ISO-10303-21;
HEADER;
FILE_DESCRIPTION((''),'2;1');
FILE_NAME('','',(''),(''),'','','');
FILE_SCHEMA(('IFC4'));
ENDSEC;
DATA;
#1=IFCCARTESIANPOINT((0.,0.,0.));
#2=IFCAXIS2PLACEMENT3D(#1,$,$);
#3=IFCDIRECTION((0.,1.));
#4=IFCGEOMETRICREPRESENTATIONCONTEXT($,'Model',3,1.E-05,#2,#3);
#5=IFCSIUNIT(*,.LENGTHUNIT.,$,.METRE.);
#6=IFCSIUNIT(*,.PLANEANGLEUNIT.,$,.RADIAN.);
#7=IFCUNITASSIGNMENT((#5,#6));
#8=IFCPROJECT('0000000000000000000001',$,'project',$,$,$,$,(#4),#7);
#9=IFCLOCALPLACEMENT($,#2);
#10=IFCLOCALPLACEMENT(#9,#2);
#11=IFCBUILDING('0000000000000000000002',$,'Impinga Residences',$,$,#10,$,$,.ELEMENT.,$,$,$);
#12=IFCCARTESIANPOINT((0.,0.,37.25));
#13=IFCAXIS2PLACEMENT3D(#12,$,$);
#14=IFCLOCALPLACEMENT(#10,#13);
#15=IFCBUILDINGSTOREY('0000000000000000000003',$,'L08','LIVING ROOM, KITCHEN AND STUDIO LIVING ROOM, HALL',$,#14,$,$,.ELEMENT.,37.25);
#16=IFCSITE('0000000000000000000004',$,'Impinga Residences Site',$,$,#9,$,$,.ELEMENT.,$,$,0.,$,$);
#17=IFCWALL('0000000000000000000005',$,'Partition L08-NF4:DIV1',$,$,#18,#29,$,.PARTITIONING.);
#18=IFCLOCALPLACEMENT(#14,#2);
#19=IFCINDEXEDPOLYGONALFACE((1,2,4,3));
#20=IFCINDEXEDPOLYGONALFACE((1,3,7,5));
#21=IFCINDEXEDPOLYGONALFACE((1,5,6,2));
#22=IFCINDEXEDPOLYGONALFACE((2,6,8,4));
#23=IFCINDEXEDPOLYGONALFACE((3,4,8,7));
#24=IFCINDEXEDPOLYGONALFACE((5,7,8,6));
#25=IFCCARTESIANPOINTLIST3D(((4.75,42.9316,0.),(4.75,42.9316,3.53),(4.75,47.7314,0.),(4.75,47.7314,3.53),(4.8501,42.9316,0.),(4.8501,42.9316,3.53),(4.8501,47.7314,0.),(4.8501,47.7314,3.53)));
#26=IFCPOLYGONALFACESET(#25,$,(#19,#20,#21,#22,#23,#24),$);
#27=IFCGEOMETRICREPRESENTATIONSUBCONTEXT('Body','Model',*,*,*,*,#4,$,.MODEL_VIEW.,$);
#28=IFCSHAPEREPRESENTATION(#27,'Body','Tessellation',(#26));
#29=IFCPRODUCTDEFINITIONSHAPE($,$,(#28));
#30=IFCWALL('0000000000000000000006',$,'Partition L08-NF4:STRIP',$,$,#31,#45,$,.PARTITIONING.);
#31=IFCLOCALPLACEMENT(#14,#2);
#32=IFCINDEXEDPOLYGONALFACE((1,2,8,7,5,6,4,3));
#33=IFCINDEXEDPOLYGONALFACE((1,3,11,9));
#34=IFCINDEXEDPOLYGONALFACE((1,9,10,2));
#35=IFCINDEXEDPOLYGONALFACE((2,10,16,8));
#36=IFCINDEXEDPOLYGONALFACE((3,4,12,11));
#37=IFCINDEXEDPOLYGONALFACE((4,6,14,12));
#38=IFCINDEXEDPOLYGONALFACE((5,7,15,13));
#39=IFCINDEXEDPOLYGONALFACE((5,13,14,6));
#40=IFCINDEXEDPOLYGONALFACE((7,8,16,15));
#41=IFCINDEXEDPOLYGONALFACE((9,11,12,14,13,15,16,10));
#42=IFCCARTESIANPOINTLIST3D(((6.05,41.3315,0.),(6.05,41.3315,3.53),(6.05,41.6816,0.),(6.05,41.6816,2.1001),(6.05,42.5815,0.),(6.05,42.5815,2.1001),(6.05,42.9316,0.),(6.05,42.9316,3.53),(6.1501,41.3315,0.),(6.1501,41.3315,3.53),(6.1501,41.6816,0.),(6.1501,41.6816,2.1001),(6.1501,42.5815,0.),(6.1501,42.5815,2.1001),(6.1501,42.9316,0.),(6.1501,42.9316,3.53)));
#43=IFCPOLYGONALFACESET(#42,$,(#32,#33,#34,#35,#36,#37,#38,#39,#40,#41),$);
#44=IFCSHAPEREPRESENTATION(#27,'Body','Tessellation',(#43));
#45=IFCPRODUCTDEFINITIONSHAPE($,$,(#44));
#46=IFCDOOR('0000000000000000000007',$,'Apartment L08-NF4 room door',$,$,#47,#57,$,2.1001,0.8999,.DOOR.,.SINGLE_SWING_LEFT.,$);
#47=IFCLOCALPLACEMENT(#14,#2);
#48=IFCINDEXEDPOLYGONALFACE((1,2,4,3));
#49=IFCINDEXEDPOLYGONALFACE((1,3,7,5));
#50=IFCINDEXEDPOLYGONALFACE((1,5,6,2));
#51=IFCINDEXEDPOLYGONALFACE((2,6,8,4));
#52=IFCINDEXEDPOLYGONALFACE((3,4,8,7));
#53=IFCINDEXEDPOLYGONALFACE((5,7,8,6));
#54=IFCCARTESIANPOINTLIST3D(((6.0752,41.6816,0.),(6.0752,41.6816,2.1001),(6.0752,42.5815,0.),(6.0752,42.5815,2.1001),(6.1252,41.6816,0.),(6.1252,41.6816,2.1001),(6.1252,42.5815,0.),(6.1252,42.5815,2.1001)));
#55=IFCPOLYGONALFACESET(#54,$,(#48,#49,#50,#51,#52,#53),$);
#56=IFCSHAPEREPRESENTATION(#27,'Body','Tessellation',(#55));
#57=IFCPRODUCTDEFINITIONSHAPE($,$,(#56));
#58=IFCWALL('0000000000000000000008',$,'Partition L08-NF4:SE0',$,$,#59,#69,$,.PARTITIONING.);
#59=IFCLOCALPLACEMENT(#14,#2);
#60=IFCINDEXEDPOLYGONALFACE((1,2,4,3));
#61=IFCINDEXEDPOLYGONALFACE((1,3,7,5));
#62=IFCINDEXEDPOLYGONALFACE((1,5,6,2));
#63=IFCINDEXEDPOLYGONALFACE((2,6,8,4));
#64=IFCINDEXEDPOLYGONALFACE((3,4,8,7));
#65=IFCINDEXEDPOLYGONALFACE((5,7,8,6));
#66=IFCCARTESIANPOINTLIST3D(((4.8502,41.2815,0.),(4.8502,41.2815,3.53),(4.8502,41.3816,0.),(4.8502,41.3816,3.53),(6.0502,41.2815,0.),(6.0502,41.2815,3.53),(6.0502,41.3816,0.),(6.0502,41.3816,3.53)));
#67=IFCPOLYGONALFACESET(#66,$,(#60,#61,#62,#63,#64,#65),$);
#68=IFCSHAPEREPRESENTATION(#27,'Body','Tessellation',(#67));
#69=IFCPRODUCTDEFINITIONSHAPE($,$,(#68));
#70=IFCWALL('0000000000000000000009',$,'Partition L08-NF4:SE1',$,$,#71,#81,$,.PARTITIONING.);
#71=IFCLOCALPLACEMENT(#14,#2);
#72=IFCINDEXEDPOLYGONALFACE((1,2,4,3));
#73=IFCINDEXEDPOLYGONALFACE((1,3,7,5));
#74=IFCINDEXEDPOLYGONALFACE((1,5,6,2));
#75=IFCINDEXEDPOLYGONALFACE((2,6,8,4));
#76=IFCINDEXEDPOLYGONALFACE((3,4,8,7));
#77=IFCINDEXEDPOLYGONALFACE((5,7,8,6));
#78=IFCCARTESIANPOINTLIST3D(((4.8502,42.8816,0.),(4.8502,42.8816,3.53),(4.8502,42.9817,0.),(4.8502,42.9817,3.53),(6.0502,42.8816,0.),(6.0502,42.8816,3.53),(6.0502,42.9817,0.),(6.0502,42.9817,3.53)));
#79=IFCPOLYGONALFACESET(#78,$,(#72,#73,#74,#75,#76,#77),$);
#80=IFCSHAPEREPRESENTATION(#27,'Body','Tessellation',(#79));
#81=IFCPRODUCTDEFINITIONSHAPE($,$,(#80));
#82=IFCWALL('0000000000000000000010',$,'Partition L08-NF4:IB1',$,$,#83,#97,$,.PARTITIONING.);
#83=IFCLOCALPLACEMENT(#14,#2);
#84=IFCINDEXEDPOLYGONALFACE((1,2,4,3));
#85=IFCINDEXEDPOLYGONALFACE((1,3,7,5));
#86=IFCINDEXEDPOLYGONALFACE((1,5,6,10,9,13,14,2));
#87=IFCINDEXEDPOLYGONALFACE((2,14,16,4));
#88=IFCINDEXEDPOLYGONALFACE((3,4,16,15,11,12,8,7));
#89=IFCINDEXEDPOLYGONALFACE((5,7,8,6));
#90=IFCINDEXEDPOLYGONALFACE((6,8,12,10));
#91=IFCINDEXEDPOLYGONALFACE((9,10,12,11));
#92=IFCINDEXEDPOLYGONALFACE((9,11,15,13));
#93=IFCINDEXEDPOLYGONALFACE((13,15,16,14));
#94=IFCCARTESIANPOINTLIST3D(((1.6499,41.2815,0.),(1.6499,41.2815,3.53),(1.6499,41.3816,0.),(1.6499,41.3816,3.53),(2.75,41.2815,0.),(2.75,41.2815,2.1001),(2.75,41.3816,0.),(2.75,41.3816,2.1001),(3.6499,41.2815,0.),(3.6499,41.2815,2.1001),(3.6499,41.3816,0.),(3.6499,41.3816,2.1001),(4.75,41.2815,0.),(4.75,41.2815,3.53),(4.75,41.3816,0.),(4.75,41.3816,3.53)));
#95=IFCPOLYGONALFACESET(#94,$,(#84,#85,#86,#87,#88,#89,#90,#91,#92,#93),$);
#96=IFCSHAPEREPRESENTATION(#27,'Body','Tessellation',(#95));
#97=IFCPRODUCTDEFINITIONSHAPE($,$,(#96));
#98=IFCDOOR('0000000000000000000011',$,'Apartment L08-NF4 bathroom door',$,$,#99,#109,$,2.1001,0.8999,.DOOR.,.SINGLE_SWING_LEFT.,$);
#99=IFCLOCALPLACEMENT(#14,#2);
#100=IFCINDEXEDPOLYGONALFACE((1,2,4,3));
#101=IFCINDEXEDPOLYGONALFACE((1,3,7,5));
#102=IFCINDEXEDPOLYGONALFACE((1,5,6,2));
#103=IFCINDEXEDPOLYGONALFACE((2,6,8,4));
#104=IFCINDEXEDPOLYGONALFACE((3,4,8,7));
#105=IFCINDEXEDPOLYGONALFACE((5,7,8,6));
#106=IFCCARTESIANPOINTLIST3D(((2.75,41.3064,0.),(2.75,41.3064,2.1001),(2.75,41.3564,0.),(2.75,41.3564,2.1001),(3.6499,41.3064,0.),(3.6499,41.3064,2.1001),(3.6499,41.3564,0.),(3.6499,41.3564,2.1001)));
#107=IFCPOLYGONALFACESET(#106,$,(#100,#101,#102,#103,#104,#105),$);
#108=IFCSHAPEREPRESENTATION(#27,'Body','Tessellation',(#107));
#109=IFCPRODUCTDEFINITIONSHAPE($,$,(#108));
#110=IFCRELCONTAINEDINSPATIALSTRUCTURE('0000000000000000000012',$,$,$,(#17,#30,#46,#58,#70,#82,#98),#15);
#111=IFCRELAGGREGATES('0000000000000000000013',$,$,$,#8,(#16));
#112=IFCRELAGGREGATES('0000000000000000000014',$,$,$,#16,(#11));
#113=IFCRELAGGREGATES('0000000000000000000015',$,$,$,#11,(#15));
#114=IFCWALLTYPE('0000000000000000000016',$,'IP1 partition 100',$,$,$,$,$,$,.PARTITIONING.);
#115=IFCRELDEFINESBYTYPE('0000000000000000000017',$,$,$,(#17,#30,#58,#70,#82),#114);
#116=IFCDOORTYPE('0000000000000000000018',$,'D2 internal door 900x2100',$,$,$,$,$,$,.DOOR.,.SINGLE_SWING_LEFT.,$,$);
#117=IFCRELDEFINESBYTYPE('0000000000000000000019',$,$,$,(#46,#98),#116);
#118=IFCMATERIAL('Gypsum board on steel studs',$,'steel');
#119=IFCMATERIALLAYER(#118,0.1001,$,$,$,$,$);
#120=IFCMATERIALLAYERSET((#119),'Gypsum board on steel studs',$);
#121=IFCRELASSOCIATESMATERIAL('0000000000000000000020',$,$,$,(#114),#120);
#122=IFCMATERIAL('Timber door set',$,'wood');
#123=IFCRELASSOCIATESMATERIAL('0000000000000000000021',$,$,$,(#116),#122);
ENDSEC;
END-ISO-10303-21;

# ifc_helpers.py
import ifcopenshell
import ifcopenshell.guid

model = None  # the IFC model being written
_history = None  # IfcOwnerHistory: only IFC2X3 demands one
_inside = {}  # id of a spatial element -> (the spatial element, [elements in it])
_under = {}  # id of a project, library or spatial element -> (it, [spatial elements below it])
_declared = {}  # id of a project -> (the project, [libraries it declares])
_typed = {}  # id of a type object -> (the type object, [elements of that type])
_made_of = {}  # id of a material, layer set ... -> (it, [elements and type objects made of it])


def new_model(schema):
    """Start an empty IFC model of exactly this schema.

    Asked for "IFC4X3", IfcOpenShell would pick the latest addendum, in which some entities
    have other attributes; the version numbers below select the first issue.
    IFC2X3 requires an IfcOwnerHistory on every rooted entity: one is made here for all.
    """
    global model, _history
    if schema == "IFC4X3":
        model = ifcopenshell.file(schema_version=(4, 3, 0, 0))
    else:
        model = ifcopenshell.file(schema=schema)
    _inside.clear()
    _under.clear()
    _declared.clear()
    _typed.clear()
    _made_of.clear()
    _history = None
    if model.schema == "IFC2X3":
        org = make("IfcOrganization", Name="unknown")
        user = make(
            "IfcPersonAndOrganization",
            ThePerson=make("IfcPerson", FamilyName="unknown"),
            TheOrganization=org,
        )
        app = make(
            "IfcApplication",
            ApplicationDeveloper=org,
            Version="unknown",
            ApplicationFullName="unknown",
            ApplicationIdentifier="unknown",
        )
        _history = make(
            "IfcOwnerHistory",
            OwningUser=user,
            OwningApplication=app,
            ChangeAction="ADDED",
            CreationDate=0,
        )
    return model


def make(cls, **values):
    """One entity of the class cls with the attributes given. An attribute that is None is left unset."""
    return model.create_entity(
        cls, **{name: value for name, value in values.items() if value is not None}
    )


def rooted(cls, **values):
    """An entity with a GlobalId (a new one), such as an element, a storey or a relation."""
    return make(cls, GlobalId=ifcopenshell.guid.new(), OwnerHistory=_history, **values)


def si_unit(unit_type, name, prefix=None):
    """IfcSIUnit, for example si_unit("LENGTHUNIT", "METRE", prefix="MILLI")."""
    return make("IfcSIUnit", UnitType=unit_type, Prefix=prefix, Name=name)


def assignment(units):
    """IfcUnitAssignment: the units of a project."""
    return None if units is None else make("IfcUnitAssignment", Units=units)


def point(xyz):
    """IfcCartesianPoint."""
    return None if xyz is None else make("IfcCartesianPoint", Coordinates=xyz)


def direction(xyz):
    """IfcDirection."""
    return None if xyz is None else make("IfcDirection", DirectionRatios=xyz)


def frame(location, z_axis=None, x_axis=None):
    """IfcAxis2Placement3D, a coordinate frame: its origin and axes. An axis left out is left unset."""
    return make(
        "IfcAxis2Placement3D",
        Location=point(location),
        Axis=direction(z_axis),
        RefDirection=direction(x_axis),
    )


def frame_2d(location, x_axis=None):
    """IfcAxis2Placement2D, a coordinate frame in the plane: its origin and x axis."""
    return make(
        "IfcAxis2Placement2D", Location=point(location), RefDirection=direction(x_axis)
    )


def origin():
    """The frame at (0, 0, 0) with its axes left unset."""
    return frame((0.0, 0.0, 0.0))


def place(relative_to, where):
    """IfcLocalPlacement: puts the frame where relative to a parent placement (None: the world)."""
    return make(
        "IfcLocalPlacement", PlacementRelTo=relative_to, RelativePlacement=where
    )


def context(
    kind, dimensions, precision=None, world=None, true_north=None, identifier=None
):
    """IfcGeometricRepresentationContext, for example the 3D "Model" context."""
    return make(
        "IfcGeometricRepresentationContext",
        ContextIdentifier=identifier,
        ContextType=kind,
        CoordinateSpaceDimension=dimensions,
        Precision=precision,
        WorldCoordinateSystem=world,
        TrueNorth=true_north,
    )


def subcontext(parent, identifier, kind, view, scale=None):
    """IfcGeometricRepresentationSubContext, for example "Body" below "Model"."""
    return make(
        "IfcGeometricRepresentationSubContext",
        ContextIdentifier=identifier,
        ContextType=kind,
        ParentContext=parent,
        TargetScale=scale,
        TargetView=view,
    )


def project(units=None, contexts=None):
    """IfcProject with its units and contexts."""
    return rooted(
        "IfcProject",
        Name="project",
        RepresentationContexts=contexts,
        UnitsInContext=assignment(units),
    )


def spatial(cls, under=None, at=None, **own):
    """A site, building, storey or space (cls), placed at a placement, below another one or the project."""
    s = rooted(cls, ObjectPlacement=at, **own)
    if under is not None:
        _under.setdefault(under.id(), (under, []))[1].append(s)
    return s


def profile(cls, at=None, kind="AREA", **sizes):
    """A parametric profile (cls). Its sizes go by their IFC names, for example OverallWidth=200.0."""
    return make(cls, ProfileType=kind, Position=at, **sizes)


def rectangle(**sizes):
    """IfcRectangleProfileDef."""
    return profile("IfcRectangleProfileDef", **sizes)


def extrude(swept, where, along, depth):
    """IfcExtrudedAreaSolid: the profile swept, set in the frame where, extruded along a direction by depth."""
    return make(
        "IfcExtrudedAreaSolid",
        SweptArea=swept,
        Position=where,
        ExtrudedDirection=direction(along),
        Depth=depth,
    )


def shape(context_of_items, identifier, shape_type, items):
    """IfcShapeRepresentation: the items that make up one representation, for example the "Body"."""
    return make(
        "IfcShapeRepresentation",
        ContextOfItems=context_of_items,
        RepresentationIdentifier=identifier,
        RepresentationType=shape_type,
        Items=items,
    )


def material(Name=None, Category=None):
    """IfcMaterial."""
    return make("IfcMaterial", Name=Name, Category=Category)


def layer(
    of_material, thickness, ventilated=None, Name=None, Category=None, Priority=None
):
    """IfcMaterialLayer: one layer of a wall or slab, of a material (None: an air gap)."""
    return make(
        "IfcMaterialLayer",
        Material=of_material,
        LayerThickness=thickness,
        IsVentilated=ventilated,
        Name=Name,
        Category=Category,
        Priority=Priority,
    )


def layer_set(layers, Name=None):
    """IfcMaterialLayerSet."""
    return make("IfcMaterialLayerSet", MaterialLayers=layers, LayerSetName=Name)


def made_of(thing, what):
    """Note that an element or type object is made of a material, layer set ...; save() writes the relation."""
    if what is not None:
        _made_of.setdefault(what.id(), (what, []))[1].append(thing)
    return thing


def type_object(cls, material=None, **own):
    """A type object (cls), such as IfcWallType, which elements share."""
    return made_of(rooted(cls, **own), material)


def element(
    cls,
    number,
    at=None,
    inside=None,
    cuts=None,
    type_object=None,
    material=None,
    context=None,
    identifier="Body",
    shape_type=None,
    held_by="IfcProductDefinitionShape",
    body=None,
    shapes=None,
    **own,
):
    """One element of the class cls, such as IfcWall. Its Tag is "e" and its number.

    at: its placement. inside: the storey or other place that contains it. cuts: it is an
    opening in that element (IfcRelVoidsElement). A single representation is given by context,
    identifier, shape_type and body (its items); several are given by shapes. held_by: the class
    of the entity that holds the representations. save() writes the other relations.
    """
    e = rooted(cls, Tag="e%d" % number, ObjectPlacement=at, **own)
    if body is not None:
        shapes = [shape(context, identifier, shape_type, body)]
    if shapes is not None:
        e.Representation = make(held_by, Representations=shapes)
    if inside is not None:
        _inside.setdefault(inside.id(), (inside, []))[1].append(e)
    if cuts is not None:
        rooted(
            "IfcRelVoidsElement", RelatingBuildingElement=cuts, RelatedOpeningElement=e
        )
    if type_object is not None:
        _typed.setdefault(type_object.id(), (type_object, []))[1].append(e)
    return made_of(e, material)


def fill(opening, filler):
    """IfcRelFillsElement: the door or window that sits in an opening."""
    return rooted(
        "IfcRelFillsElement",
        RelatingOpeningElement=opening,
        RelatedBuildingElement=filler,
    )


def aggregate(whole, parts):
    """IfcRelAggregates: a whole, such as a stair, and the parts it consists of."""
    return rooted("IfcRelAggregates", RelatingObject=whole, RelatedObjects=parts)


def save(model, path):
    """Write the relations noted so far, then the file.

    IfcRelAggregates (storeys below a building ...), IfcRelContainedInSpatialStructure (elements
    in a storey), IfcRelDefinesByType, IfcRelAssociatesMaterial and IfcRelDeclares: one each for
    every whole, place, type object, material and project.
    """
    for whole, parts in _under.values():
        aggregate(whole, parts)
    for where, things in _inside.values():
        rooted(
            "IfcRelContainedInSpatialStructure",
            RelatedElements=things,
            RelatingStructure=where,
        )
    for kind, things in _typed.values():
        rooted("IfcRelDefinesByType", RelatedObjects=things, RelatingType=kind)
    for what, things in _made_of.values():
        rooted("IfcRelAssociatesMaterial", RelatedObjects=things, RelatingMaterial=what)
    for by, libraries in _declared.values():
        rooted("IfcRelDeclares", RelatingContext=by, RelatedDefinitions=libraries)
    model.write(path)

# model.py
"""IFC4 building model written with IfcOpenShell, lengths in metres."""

from ifc_helpers import new_model, si_unit, direction, frame, frame_2d, origin, place, context, subcontext, project, spatial, rectangle, extrude, material, layer, layer_set, type_object, element, fill, save


model = new_model("IFC4")

# Units and contexts
model_context = context("Model", 3, precision=1e-05, world=origin(), true_north=direction((0.0, 1.0)))
body_context = subcontext(model_context, "Body", "Model", "MODEL_VIEW")
ifc_project = project(units=[si_unit("LENGTHUNIT", "METRE"), si_unit("PLANEANGLEUNIT", "RADIAN")], contexts=[model_context])

# Site, building, storey
site_placement = place(None, origin())
site = spatial("IfcSite", under=ifc_project, at=site_placement, Name="Impinga Residences Site", CompositionType="ELEMENT", RefElevation=0.0)
building_placement = place(site_placement, origin())
building = spatial("IfcBuilding", under=site, at=building_placement, Name="Impinga Residences", CompositionType="ELEMENT")
storey_placement = place(building_placement, frame((0.0, 0.0, 37.25)))
storey = spatial("IfcBuildingStorey", under=building, at=storey_placement, Name="L08", Description="LIVING ROOM, KITCHEN AND STUDIO LIVING ROOM, HALL", CompositionType="ELEMENT", Elevation=37.25)

# Wall
ifc_material_1 = material(Name="Gypsum board on steel studs", Category="steel")
ifc_layer_1 = layer(ifc_material_1, 0.1001)
ifc_layer_set_1 = layer_set([ifc_layer_1], Name="Gypsum board on steel studs")
wall_type_1 = type_object("IfcWallType", Name="IP1 partition 100", PredefinedType="PARTITIONING", material=ifc_layer_set_1)
wall_1_placement = place(storey_placement, frame((4.8, 42.9316, 0.0), z_axis=(0.0, 0.0, 1.0), x_axis=(0.0, 1.0, 0.0)))
element("IfcWall", 1, at=wall_1_placement, inside=storey, type_object=wall_type_1, Name="Partition L08-NF4:DIV1", PredefinedType="PARTITIONING", context=body_context, shape_type="SweptSolid", body=[
    extrude(rectangle(XDim=4.7998, YDim=0.1001, at=frame_2d((2.3999, 0.0))), origin(), (0.0, 0.0, 1.0), 3.53),
])

# Wall, opening, door
wall_2_placement = place(storey_placement, frame((6.1001, 41.3315, 0.0), z_axis=(0.0, 0.0, 1.0), x_axis=(0.0, 1.0, 0.0)))
wall_2 = element("IfcWall", 2, at=wall_2_placement, inside=storey, type_object=wall_type_1, Name="Partition L08-NF4:STRIP", PredefinedType="PARTITIONING", context=body_context, shape_type="SweptSolid", body=[
    extrude(rectangle(XDim=1.6001, YDim=0.1001, at=frame_2d((0.8, 0.0))), origin(), (0.0, 0.0, 1.0), 3.53),
])
opening_1_placement = place(wall_2_placement, frame((0.3501, 0.0, 0.0)))
opening_1 = element("IfcOpeningElement", 3, at=opening_1_placement, cuts=wall_2, PredefinedType="OPENING", context=body_context, shape_type="SweptSolid", body=[
    extrude(rectangle(XDim=0.8999, YDim=2.1001, at=frame_2d((0.45, 1.05))), frame((0.0, 0.0601, 0.0), z_axis=(0.0, -1.0, 0.0), x_axis=(1.0, 0.0, 0.0)), (0.0, 0.0, 1.0), 0.1201),
])
ifc_material_2 = material(Name="Timber door set", Category="wood")
door_type = type_object("IfcDoorType", Name="D2 internal door 900x2100", OperationType="SINGLE_SWING_LEFT", PredefinedType="DOOR", material=ifc_material_2)
door_1_placement = place(opening_1_placement, origin())
door_1 = element("IfcDoor", 4, at=door_1_placement, inside=storey, type_object=door_type, Name="Apartment L08-NF4 room door", OperationType="SINGLE_SWING_LEFT", OverallHeight=2.1001, OverallWidth=0.8999, PredefinedType="DOOR", context=body_context, shape_type="SweptSolid", body=[
    extrude(rectangle(XDim=0.8999, YDim=2.1001, at=frame_2d((0.45, 1.05))), frame((0.0, 0.0249, 0.0), z_axis=(0.0, -1.0, 0.0), x_axis=(1.0, 0.0, 0.0)), (0.0, 0.0, 1.0), 0.05),
])
fill(opening_1, door_1)

# Walls
for number, where, z_axis, x_axis, name in (
    (5, (4.8501, 41.3315, 0.0), (0.0, 0.0, 1.0), (1.0, 0.0, 0.0), "Partition L08-NF4:SE0"),
    (6, (4.8501, 42.9316, 0.0), (0.0, 0.0, 1.0), (1.0, 0.0, 0.0), "Partition L08-NF4:SE1"),
):
    element("IfcWall", number, at=place(storey_placement, frame(where, z_axis=z_axis, x_axis=x_axis)), inside=storey, type_object=wall_type_1, Name=name, PredefinedType="PARTITIONING", context=body_context, shape_type="SweptSolid", body=[
        extrude(rectangle(XDim=1.2, YDim=0.1001, at=frame_2d((0.6001, 0.0))), origin(), (0.0, 0.0, 1.0), 3.53),
    ])

# Wall, opening, door
wall_3_placement = place(storey_placement, frame((1.6499, 41.3315, 0.0), z_axis=(0.0, 0.0, 1.0), x_axis=(1.0, 0.0, 0.0)))
wall_3 = element("IfcWall", 7, at=wall_3_placement, inside=storey, type_object=wall_type_1, Name="Partition L08-NF4:IB1", PredefinedType="PARTITIONING", context=body_context, shape_type="SweptSolid", body=[
    extrude(rectangle(XDim=3.1001, YDim=0.1001, at=frame_2d((1.55, 0.0))), origin(), (0.0, 0.0, 1.0), 3.53),
])
opening_2_placement = place(wall_3_placement, frame((1.1001, 0.0, 0.0)))
opening_2 = element("IfcOpeningElement", 8, at=opening_2_placement, cuts=wall_3, PredefinedType="OPENING", context=body_context, shape_type="SweptSolid", body=[
    extrude(rectangle(XDim=0.8999, YDim=2.1001, at=frame_2d((0.45, 1.05))), frame((0.0, 0.0601, 0.0), z_axis=(0.0, -1.0, 0.0), x_axis=(1.0, 0.0, 0.0)), (0.0, 0.0, 1.0), 0.1201),
])
door_2_placement = place(opening_2_placement, origin())
door_2 = element("IfcDoor", 9, at=door_2_placement, inside=storey, type_object=door_type, Name="Apartment L08-NF4 bathroom door", OperationType="SINGLE_SWING_LEFT", OverallHeight=2.1001, OverallWidth=0.8999, PredefinedType="DOOR", context=body_context, shape_type="SweptSolid", body=[
    extrude(rectangle(XDim=0.8999, YDim=2.1001, at=frame_2d((0.45, 1.05))), frame((0.0, 0.0249, 0.0), z_axis=(0.0, -1.0, 0.0), x_axis=(1.0, 0.0, 0.0)), (0.0, 0.0, 1.0), 0.05),
])
fill(opening_2, door_2)

save(model, "model.ifc")
